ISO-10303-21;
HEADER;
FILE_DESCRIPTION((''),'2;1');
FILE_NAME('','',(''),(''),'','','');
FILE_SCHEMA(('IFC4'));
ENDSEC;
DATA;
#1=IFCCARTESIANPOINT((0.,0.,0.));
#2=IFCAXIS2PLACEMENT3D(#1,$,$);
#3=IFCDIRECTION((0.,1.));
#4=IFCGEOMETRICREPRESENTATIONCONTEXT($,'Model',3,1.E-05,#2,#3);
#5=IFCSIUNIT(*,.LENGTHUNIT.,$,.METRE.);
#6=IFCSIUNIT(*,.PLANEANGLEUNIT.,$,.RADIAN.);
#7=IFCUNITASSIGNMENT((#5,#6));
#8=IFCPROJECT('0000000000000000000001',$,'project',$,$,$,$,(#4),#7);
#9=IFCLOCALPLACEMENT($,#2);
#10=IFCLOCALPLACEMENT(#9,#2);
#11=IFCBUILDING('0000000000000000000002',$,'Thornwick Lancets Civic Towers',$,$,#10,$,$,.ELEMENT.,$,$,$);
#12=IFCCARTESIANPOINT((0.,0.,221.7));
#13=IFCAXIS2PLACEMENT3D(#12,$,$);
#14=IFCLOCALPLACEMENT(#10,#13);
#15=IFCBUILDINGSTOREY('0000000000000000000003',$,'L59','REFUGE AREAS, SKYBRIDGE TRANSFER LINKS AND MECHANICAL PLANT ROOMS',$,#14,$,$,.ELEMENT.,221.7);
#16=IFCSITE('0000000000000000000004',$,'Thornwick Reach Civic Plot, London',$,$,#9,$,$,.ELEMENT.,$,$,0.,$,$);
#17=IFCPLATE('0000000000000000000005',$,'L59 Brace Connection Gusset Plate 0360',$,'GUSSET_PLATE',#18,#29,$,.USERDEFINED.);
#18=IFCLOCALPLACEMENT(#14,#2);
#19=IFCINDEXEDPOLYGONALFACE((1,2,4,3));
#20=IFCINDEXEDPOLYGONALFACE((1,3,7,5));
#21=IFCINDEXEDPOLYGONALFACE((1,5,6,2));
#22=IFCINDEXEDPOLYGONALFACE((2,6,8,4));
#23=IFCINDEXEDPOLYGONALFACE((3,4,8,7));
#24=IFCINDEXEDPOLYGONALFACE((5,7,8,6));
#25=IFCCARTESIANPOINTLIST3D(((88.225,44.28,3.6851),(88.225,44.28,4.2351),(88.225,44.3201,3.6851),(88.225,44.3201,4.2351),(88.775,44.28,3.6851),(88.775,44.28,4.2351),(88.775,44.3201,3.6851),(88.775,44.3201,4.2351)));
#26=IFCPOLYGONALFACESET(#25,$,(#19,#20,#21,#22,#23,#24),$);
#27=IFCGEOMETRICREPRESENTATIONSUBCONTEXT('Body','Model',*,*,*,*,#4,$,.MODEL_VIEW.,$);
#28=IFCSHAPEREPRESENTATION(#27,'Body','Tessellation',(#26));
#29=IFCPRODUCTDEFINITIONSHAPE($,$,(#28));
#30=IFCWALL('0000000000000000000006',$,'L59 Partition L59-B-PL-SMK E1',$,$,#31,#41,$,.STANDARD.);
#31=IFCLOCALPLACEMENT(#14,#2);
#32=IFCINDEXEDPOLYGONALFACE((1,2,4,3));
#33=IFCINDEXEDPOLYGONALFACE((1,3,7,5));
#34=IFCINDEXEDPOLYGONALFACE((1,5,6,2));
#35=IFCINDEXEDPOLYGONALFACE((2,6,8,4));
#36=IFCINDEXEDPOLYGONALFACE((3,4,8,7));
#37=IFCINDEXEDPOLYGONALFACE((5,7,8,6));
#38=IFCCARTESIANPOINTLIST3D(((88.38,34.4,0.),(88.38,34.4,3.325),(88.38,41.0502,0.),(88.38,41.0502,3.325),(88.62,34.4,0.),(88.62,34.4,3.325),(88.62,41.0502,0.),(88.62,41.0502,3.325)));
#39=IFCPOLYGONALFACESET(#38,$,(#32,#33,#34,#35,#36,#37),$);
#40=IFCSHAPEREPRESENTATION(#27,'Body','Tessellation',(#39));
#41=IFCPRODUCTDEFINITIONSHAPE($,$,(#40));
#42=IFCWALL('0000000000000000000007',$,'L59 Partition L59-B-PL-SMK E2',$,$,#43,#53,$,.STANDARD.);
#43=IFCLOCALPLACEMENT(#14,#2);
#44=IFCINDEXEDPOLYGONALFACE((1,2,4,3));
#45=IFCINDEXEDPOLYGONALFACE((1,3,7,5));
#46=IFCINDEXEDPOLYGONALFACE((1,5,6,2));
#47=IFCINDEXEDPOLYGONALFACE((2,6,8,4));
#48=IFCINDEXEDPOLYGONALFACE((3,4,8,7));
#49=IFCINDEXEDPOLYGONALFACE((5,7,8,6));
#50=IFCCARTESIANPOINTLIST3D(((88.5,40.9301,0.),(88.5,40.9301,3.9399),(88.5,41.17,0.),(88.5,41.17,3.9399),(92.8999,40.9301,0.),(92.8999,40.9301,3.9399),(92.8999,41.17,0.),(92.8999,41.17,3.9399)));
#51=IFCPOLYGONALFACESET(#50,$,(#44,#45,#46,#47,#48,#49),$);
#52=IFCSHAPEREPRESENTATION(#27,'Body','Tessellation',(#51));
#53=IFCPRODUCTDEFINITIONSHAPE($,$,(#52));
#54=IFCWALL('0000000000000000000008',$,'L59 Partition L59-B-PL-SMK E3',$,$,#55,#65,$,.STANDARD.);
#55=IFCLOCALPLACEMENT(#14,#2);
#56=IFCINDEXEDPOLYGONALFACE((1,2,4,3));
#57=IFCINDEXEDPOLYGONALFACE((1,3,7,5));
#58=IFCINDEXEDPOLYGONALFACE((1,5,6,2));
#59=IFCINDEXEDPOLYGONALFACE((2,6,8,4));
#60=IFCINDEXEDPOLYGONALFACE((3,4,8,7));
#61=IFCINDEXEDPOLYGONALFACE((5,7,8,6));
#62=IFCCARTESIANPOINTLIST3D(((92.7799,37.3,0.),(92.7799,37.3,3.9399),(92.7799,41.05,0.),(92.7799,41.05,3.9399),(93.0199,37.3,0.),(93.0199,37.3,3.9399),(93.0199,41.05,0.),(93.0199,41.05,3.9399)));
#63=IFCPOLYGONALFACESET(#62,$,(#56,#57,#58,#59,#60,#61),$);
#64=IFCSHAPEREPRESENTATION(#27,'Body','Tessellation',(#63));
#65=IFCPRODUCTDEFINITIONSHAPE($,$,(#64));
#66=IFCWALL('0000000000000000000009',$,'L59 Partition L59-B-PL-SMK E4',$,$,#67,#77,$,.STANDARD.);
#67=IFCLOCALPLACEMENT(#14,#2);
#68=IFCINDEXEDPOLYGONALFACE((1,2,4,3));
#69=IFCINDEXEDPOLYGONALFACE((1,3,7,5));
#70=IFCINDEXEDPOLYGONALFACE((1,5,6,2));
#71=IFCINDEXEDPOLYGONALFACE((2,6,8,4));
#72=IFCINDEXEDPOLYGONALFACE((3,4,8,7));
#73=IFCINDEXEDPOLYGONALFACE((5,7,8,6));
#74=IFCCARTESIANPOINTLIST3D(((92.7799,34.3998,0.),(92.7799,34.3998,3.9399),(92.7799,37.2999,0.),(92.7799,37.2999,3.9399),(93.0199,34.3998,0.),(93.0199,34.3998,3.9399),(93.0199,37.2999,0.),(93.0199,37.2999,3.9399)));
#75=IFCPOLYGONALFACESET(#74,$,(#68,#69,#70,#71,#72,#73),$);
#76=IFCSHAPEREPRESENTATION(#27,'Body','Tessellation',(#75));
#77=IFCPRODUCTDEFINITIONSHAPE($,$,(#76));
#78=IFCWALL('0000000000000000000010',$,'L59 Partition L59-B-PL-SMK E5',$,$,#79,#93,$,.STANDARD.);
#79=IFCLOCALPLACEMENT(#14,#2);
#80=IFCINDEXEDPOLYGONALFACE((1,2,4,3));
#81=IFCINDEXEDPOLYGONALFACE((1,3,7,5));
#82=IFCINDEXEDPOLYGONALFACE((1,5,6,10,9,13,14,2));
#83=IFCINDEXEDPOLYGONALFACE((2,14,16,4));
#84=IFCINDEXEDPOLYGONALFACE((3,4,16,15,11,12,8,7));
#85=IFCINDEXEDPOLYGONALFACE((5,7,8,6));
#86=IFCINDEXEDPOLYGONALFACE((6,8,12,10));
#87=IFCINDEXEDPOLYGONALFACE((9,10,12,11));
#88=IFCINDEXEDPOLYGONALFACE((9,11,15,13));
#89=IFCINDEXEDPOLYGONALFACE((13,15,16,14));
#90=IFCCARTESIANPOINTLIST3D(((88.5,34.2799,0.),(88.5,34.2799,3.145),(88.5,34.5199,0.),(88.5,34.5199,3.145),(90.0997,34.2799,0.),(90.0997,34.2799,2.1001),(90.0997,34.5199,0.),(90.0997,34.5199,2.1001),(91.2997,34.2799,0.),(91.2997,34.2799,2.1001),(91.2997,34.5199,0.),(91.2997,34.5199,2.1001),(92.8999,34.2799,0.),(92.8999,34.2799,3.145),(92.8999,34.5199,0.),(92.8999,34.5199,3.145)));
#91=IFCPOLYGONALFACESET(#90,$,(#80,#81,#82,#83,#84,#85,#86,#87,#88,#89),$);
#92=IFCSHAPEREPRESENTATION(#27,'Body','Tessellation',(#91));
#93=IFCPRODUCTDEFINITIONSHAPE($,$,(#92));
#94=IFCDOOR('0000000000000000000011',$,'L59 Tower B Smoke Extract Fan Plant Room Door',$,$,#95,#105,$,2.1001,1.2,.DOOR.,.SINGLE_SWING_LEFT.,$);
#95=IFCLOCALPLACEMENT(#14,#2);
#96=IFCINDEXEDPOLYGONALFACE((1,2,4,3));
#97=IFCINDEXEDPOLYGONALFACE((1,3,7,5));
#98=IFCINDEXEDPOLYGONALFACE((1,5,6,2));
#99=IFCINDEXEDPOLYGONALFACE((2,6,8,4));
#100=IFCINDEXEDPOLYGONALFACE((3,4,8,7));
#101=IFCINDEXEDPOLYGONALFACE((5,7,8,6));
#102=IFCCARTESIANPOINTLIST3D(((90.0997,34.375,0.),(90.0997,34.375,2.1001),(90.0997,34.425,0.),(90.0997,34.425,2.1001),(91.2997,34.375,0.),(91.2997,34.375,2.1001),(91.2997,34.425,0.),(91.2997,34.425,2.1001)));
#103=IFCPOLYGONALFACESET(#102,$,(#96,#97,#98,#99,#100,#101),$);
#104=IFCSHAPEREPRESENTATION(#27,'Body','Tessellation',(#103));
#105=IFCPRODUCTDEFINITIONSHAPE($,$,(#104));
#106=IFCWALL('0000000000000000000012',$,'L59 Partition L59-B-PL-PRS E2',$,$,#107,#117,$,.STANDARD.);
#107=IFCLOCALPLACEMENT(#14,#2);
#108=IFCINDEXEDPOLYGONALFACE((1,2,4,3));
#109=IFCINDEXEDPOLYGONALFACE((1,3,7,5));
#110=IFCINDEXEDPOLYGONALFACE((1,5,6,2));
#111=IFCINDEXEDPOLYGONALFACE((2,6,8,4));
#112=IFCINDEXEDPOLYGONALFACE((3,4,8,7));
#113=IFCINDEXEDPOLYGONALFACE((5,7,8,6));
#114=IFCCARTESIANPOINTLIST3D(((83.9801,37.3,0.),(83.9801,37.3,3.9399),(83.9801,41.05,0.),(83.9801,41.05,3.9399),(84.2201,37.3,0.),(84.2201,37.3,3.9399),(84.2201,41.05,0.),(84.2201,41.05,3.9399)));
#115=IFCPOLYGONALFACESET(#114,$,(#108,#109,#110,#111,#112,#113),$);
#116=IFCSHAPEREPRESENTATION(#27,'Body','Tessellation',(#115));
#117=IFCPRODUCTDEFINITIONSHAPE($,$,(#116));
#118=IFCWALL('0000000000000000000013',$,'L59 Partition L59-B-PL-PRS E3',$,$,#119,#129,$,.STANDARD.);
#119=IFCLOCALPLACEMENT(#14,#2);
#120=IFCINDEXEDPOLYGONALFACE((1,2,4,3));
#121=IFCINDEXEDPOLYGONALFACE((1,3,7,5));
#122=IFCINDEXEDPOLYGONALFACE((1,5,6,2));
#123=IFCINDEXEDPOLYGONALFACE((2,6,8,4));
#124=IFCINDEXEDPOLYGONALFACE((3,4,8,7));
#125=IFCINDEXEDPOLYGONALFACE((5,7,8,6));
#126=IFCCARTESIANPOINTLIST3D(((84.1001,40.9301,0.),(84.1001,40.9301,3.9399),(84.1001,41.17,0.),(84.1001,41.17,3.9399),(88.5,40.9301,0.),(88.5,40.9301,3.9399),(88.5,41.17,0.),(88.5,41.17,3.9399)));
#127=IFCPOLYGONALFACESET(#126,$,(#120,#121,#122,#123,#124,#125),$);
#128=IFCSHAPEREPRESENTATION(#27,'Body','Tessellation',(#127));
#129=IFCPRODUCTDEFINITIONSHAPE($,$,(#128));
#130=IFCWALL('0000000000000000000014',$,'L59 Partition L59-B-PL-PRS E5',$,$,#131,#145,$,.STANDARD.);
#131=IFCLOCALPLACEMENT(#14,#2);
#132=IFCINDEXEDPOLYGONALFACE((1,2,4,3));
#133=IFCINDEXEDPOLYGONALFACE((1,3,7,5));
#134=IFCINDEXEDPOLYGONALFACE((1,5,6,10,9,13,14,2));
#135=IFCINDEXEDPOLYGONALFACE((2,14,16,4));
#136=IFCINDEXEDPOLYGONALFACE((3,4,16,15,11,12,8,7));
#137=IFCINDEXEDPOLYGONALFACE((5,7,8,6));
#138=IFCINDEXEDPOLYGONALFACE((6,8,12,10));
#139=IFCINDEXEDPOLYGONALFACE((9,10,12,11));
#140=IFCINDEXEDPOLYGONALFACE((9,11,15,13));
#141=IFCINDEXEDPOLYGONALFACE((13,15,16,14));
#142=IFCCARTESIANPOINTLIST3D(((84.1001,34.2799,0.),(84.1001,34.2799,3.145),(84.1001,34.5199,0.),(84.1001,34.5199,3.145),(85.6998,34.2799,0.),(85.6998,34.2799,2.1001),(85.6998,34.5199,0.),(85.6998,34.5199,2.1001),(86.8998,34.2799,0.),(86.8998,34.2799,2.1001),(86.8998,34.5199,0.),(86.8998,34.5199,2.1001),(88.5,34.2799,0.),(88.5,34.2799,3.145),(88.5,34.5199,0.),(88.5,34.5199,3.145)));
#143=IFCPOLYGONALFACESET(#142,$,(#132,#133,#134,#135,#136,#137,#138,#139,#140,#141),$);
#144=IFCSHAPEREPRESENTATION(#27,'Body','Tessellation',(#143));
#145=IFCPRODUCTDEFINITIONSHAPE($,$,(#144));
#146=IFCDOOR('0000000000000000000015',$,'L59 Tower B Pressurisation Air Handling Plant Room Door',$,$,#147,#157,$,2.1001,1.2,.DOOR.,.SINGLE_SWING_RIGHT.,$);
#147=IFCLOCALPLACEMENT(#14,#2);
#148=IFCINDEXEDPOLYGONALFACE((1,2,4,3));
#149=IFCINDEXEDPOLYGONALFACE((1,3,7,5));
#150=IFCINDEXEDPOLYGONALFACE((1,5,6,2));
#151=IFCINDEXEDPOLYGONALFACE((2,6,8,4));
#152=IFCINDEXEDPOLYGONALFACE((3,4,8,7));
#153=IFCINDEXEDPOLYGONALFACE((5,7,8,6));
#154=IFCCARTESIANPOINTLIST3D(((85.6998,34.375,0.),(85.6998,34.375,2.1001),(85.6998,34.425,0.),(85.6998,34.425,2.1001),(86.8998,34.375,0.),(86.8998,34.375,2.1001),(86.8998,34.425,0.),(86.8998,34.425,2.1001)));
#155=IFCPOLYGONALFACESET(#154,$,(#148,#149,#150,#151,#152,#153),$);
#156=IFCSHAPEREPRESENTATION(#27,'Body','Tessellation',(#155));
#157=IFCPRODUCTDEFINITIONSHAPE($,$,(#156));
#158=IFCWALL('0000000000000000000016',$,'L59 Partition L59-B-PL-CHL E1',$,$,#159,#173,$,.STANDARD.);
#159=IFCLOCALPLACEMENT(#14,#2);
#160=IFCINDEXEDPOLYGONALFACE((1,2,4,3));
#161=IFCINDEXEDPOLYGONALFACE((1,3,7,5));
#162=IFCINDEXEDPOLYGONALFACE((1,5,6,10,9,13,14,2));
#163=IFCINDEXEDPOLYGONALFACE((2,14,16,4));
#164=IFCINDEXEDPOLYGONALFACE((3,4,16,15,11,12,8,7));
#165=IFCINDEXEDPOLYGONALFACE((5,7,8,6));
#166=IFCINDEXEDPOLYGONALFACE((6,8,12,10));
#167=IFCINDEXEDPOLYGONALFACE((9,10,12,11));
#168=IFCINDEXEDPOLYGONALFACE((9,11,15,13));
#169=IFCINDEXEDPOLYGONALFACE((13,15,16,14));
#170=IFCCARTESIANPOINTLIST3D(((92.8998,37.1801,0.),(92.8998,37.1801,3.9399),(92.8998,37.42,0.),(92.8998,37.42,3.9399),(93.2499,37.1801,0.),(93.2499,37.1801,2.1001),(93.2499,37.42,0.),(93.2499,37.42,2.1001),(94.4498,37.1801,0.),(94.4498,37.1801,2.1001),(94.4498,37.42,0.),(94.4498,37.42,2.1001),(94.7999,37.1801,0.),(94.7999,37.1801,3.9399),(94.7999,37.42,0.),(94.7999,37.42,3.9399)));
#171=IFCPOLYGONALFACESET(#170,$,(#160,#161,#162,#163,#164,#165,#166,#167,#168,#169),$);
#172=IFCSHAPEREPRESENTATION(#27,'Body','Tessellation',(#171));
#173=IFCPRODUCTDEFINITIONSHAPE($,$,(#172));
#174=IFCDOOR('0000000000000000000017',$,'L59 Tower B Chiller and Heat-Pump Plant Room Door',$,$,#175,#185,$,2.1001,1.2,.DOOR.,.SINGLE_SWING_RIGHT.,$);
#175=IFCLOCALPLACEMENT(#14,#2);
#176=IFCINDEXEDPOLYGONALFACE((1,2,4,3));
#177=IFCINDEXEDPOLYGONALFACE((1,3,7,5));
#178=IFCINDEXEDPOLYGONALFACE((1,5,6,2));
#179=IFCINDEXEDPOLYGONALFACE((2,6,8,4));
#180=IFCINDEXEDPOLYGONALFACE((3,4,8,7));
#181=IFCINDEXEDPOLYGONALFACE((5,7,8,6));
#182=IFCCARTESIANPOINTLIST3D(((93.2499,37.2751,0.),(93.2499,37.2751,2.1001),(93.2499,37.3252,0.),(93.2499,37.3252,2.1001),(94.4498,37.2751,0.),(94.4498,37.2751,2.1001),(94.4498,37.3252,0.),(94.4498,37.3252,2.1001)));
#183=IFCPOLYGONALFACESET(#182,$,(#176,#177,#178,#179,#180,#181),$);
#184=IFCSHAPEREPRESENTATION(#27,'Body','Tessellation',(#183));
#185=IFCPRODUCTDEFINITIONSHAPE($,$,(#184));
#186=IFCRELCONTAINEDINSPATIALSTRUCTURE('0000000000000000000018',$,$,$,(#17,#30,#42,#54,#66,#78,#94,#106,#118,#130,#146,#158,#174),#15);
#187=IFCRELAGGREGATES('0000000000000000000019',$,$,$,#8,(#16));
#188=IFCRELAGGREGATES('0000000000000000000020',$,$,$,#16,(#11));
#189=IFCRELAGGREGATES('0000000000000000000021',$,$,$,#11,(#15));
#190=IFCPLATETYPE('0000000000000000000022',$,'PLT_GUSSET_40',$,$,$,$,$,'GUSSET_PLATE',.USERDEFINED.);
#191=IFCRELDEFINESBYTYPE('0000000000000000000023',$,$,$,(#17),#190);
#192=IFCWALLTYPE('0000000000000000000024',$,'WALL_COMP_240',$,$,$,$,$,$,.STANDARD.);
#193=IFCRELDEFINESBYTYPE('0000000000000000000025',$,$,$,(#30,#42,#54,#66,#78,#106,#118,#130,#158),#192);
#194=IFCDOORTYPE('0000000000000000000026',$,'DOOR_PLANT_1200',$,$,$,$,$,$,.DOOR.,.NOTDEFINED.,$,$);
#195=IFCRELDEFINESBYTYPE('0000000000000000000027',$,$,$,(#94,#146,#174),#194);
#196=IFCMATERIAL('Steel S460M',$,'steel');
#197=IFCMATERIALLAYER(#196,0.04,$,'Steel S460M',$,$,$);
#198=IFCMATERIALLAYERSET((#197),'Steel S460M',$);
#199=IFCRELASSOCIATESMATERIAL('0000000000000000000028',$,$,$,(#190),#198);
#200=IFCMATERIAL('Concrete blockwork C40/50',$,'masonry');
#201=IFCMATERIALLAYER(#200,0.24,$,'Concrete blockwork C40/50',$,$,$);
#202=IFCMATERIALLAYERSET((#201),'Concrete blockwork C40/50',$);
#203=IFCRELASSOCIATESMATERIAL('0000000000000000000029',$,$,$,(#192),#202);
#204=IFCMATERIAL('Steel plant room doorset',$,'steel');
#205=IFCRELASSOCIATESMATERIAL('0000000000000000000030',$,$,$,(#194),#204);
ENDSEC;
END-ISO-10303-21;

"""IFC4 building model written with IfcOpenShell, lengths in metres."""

from ifc_helpers import new_model, si_unit, direction, frame, frame_2d, origin, origin_2d, place, context, subcontext, project, spatial, rectangle, extrude, material, layer, layer_set, type_object, element, fill, save


model = new_model("IFC4")

# Units and contexts
model_context = context("Model", 3, precision=1e-05, world=origin(), true_north=direction((0.0, 1.0)))
body_context = subcontext(model_context, "Body", "Model", "MODEL_VIEW")
ifc_project = project(units=[si_unit("LENGTHUNIT", "METRE"), si_unit("PLANEANGLEUNIT", "RADIAN")], contexts=[model_context])

# Site, building, storey
site_placement = place(None, origin())
site = spatial("IfcSite", under=ifc_project, at=site_placement, Name="Thornwick Reach Civic Plot, London", CompositionType="ELEMENT", RefElevation=0.0)
building_placement = place(site_placement, origin())
building = spatial("IfcBuilding", under=site, at=building_placement, Name="Thornwick Lancets Civic Towers", CompositionType="ELEMENT")
storey_placement = place(building_placement, frame((0.0, 0.0, 221.7)))
storey = spatial("IfcBuildingStorey", under=building, at=storey_placement, Name="L59", Description="REFUGE AREAS, SKYBRIDGE TRANSFER LINKS AND MECHANICAL PLANT ROOMS", CompositionType="ELEMENT", Elevation=221.7)

# Plate
ifc_material_1 = material(Name="Steel S460M", Category="steel")
ifc_layer_1 = layer(ifc_material_1, 0.04, Name="Steel S460M")
ifc_layer_set_1 = layer_set([ifc_layer_1], Name="Steel S460M")
plate_type = type_object("IfcPlateType", Name="PLT_GUSSET_40", ElementType="GUSSET_PLATE", PredefinedType="USERDEFINED", material=ifc_layer_set_1)
plate_placement = place(storey_placement, frame((88.5, 44.3, 3.6851), z_axis=(0.0, 0.0, 1.0), x_axis=(-1.0, 0.0, 0.0)))
element("IfcPlate", 1, at=plate_placement, inside=storey, type_object=plate_type, Name="L59 Brace Connection Gusset Plate 0360", ObjectType="GUSSET_PLATE", PredefinedType="USERDEFINED", context=body_context, shape_type="SweptSolid", body=[
    extrude(rectangle(XDim=0.55, YDim=0.04, at=origin_2d()), origin(), (0.0, 0.0, 1.0), 0.55),
])

# Walls
ifc_material_2 = material(Name="Concrete blockwork C40/50", Category="masonry")
ifc_layer_2 = layer(ifc_material_2, 0.24, Name="Concrete blockwork C40/50")
ifc_layer_set_2 = layer_set([ifc_layer_2], Name="Concrete blockwork C40/50")
wall_type_1 = type_object("IfcWallType", Name="WALL_COMP_240", PredefinedType="STANDARD", material=ifc_layer_set_2)
wall_1_placement = place(storey_placement, frame((88.5, 34.3999, 0.0), z_axis=(0.0, 0.0, 1.0), x_axis=(0.0, 1.0, 0.0)))
element("IfcWall", 2, at=wall_1_placement, inside=storey, type_object=wall_type_1, Name="L59 Partition L59-B-PL-SMK E1", PredefinedType="STANDARD", context=body_context, shape_type="SweptSolid", body=[
    extrude(rectangle(XDim=6.6501, YDim=0.24, at=frame_2d((3.3252, 0.0))), origin(), (0.0, 0.0, 1.0), 3.325),
])
wall_2_placement = place(storey_placement, frame((88.5, 41.05, 0.0), z_axis=(0.0, 0.0, 1.0), x_axis=(1.0, 0.0, 0.0)))
element("IfcWall", 3, at=wall_2_placement, inside=storey, type_object=wall_type_1, Name="L59 Partition L59-B-PL-SMK E2", PredefinedType="STANDARD", context=body_context, shape_type="SweptSolid", body=[
    extrude(rectangle(XDim=4.3999, YDim=0.24, at=frame_2d((2.2, 0.0))), origin(), (0.0, 0.0, 1.0), 3.9399),
])
wall_3_placement = place(storey_placement, frame((92.8999, 41.05, 0.0), z_axis=(0.0, 0.0, 1.0), x_axis=(0.0, -1.0, 0.0)))
element("IfcWall", 4, at=wall_3_placement, inside=storey, type_object=wall_type_1, Name="L59 Partition L59-B-PL-SMK E3", PredefinedType="STANDARD", context=body_context, shape_type="SweptSolid", body=[
    extrude(rectangle(XDim=3.75, YDim=0.24, at=frame_2d((1.875, 0.0))), origin(), (0.0, 0.0, 1.0), 3.9399),
])
wall_4_placement = place(storey_placement, frame((92.8999, 37.3, 0.0), z_axis=(0.0, 0.0, 1.0), x_axis=(0.0, -1.0, 0.0)))
element("IfcWall", 5, at=wall_4_placement, inside=storey, type_object=wall_type_1, Name="L59 Partition L59-B-PL-SMK E4", PredefinedType="STANDARD", context=body_context, shape_type="SweptSolid", body=[
    extrude(rectangle(XDim=2.9001, YDim=0.24, at=frame_2d((1.4502, 0.0))), origin(), (0.0, 0.0, 1.0), 3.9399),
])

# Wall, opening, door
wall_5_placement = place(storey_placement, frame((92.8999, 34.3999, 0.0), z_axis=(0.0, 0.0, 1.0), x_axis=(-1.0, 0.0, 0.0)))
wall_5 = element("IfcWall", 6, at=wall_5_placement, inside=storey, type_object=wall_type_1, Name="L59 Partition L59-B-PL-SMK E5", PredefinedType="STANDARD", context=body_context, shape_type="SweptSolid", body=[
    extrude(rectangle(XDim=4.3999, YDim=0.24, at=frame_2d((2.2, 0.0))), origin(), (0.0, 0.0, 1.0), 3.145),
])
opening_1_placement = place(wall_5_placement, frame((1.6001, 0.0, 0.0)))
opening_1 = element("IfcOpeningElement", 7, at=opening_1_placement, cuts=wall_5, PredefinedType="OPENING", context=body_context, shape_type="SweptSolid", body=[
    extrude(rectangle(XDim=1.2, YDim=2.1001, at=frame_2d((0.6001, 1.05))), frame((0.0, 0.1299, 0.0), z_axis=(0.0, -1.0, 0.0), x_axis=(1.0, 0.0, 0.0)), (0.0, 0.0, 1.0), 0.26),
])
ifc_material_3 = material(Name="Steel plant room doorset", Category="steel")
door_type = type_object("IfcDoorType", Name="DOOR_PLANT_1200", OperationType="NOTDEFINED", PredefinedType="DOOR", material=ifc_material_3)
door_1_placement = place(opening_1_placement, origin())
door_1 = element("IfcDoor", 8, at=door_1_placement, inside=storey, type_object=door_type, Name="L59 Tower B Smoke Extract Fan Plant Room Door", OperationType="SINGLE_SWING_LEFT", OverallHeight=2.1001, OverallWidth=1.2, PredefinedType="DOOR", context=body_context, shape_type="SweptSolid", body=[
    extrude(rectangle(XDim=1.2, YDim=2.1001, at=frame_2d((0.6001, 1.05))), frame((0.0, 0.0249, 0.0), z_axis=(0.0, -1.0, 0.0), x_axis=(1.0, 0.0, 0.0)), (0.0, 0.0, 1.0), 0.05),
])
fill(opening_1, door_1)

# Walls
wall_6_placement = place(storey_placement, frame((84.1001, 37.3, 0.0), z_axis=(0.0, 0.0, 1.0), x_axis=(0.0, 1.0, 0.0)))
element("IfcWall", 9, at=wall_6_placement, inside=storey, type_object=wall_type_1, Name="L59 Partition L59-B-PL-PRS E2", PredefinedType="STANDARD", context=body_context, shape_type="SweptSolid", body=[
    extrude(rectangle(XDim=3.75, YDim=0.24, at=frame_2d((1.875, 0.0))), origin(), (0.0, 0.0, 1.0), 3.9399),
])
wall_7_placement = place(storey_placement, frame((84.1001, 41.05, 0.0), z_axis=(0.0, 0.0, 1.0), x_axis=(1.0, 0.0, 0.0)))
element("IfcWall", 10, at=wall_7_placement, inside=storey, type_object=wall_type_1, Name="L59 Partition L59-B-PL-PRS E3", PredefinedType="STANDARD", context=body_context, shape_type="SweptSolid", body=[
    extrude(rectangle(XDim=4.3999, YDim=0.24, at=frame_2d((2.2, 0.0))), origin(), (0.0, 0.0, 1.0), 3.9399),
])

# Walls, openings, doors
wall_8_placement = place(storey_placement, frame((88.5, 34.3999, 0.0), z_axis=(0.0, 0.0, 1.0), x_axis=(-1.0, 0.0, 0.0)))
wall_8 = element("IfcWall", 11, at=wall_8_placement, inside=storey, type_object=wall_type_1, Name="L59 Partition L59-B-PL-PRS E5", PredefinedType="STANDARD", context=body_context, shape_type="SweptSolid", body=[
    extrude(rectangle(XDim=4.3999, YDim=0.24, at=frame_2d((2.2, 0.0))), origin(), (0.0, 0.0, 1.0), 3.145),
])
opening_2_placement = place(wall_8_placement, frame((1.6001, 0.0, 0.0)))
opening_2 = element("IfcOpeningElement", 12, at=opening_2_placement, cuts=wall_8, PredefinedType="OPENING", context=body_context, shape_type="SweptSolid", body=[
    extrude(rectangle(XDim=1.2, YDim=2.1001, at=frame_2d((0.6001, 1.05))), frame((0.0, 0.1299, 0.0), z_axis=(0.0, -1.0, 0.0), x_axis=(1.0, 0.0, 0.0)), (0.0, 0.0, 1.0), 0.26),
])
door_2_placement = place(opening_2_placement, origin())
door_2 = element("IfcDoor", 13, at=door_2_placement, inside=storey, type_object=door_type, Name="L59 Tower B Pressurisation Air Handling Plant Room Door", OperationType="SINGLE_SWING_RIGHT", OverallHeight=2.1001, OverallWidth=1.2, PredefinedType="DOOR", context=body_context, shape_type="SweptSolid", body=[
    extrude(rectangle(XDim=1.2, YDim=2.1001, at=frame_2d((0.6001, 1.05))), frame((0.0, 0.0249, 0.0), z_axis=(0.0, -1.0, 0.0), x_axis=(1.0, 0.0, 0.0)), (0.0, 0.0, 1.0), 0.05),
])
fill(opening_2, door_2)
wall_9_placement = place(storey_placement, frame((94.8, 37.3, 0.0), z_axis=(0.0, 0.0, 1.0), x_axis=(-1.0, 0.0, 0.0)))
wall_9 = element("IfcWall", 14, at=wall_9_placement, inside=storey, type_object=wall_type_1, Name="L59 Partition L59-B-PL-CHL E1", PredefinedType="STANDARD", context=body_context, shape_type="SweptSolid", body=[
    extrude(rectangle(XDim=1.9001, YDim=0.24, at=frame_2d((0.9502, 0.0))), origin(), (0.0, 0.0, 1.0), 3.9399),
])
opening_3_placement = place(wall_9_placement, frame((0.3501, 0.0, 0.0)))
opening_3 = element("IfcOpeningElement", 15, at=opening_3_placement, cuts=wall_9, PredefinedType="OPENING", context=body_context, shape_type="SweptSolid", body=[
    extrude(rectangle(XDim=1.2, YDim=2.1001, at=frame_2d((0.6001, 1.05))), frame((0.0, 0.1299, 0.0), z_axis=(0.0, -1.0, 0.0), x_axis=(1.0, 0.0, 0.0)), (0.0, 0.0, 1.0), 0.26),
])
door_3_placement = place(opening_3_placement, origin())
door_3 = element("IfcDoor", 16, at=door_3_placement, inside=storey, type_object=door_type, Name="L59 Tower B Chiller and Heat-Pump Plant Room Door", OperationType="SINGLE_SWING_RIGHT", OverallHeight=2.1001, OverallWidth=1.2, PredefinedType="DOOR", context=body_context, shape_type="SweptSolid", body=[
    extrude(rectangle(XDim=1.2, YDim=2.1001, at=frame_2d((0.6001, 1.05))), frame((0.0, 0.0249, 0.0), z_axis=(0.0, -1.0, 0.0), x_axis=(1.0, 0.0, 0.0)), (0.0, 0.0, 1.0), 0.05),
])
fill(opening_3, door_3)

save(model, "model.ifc")
